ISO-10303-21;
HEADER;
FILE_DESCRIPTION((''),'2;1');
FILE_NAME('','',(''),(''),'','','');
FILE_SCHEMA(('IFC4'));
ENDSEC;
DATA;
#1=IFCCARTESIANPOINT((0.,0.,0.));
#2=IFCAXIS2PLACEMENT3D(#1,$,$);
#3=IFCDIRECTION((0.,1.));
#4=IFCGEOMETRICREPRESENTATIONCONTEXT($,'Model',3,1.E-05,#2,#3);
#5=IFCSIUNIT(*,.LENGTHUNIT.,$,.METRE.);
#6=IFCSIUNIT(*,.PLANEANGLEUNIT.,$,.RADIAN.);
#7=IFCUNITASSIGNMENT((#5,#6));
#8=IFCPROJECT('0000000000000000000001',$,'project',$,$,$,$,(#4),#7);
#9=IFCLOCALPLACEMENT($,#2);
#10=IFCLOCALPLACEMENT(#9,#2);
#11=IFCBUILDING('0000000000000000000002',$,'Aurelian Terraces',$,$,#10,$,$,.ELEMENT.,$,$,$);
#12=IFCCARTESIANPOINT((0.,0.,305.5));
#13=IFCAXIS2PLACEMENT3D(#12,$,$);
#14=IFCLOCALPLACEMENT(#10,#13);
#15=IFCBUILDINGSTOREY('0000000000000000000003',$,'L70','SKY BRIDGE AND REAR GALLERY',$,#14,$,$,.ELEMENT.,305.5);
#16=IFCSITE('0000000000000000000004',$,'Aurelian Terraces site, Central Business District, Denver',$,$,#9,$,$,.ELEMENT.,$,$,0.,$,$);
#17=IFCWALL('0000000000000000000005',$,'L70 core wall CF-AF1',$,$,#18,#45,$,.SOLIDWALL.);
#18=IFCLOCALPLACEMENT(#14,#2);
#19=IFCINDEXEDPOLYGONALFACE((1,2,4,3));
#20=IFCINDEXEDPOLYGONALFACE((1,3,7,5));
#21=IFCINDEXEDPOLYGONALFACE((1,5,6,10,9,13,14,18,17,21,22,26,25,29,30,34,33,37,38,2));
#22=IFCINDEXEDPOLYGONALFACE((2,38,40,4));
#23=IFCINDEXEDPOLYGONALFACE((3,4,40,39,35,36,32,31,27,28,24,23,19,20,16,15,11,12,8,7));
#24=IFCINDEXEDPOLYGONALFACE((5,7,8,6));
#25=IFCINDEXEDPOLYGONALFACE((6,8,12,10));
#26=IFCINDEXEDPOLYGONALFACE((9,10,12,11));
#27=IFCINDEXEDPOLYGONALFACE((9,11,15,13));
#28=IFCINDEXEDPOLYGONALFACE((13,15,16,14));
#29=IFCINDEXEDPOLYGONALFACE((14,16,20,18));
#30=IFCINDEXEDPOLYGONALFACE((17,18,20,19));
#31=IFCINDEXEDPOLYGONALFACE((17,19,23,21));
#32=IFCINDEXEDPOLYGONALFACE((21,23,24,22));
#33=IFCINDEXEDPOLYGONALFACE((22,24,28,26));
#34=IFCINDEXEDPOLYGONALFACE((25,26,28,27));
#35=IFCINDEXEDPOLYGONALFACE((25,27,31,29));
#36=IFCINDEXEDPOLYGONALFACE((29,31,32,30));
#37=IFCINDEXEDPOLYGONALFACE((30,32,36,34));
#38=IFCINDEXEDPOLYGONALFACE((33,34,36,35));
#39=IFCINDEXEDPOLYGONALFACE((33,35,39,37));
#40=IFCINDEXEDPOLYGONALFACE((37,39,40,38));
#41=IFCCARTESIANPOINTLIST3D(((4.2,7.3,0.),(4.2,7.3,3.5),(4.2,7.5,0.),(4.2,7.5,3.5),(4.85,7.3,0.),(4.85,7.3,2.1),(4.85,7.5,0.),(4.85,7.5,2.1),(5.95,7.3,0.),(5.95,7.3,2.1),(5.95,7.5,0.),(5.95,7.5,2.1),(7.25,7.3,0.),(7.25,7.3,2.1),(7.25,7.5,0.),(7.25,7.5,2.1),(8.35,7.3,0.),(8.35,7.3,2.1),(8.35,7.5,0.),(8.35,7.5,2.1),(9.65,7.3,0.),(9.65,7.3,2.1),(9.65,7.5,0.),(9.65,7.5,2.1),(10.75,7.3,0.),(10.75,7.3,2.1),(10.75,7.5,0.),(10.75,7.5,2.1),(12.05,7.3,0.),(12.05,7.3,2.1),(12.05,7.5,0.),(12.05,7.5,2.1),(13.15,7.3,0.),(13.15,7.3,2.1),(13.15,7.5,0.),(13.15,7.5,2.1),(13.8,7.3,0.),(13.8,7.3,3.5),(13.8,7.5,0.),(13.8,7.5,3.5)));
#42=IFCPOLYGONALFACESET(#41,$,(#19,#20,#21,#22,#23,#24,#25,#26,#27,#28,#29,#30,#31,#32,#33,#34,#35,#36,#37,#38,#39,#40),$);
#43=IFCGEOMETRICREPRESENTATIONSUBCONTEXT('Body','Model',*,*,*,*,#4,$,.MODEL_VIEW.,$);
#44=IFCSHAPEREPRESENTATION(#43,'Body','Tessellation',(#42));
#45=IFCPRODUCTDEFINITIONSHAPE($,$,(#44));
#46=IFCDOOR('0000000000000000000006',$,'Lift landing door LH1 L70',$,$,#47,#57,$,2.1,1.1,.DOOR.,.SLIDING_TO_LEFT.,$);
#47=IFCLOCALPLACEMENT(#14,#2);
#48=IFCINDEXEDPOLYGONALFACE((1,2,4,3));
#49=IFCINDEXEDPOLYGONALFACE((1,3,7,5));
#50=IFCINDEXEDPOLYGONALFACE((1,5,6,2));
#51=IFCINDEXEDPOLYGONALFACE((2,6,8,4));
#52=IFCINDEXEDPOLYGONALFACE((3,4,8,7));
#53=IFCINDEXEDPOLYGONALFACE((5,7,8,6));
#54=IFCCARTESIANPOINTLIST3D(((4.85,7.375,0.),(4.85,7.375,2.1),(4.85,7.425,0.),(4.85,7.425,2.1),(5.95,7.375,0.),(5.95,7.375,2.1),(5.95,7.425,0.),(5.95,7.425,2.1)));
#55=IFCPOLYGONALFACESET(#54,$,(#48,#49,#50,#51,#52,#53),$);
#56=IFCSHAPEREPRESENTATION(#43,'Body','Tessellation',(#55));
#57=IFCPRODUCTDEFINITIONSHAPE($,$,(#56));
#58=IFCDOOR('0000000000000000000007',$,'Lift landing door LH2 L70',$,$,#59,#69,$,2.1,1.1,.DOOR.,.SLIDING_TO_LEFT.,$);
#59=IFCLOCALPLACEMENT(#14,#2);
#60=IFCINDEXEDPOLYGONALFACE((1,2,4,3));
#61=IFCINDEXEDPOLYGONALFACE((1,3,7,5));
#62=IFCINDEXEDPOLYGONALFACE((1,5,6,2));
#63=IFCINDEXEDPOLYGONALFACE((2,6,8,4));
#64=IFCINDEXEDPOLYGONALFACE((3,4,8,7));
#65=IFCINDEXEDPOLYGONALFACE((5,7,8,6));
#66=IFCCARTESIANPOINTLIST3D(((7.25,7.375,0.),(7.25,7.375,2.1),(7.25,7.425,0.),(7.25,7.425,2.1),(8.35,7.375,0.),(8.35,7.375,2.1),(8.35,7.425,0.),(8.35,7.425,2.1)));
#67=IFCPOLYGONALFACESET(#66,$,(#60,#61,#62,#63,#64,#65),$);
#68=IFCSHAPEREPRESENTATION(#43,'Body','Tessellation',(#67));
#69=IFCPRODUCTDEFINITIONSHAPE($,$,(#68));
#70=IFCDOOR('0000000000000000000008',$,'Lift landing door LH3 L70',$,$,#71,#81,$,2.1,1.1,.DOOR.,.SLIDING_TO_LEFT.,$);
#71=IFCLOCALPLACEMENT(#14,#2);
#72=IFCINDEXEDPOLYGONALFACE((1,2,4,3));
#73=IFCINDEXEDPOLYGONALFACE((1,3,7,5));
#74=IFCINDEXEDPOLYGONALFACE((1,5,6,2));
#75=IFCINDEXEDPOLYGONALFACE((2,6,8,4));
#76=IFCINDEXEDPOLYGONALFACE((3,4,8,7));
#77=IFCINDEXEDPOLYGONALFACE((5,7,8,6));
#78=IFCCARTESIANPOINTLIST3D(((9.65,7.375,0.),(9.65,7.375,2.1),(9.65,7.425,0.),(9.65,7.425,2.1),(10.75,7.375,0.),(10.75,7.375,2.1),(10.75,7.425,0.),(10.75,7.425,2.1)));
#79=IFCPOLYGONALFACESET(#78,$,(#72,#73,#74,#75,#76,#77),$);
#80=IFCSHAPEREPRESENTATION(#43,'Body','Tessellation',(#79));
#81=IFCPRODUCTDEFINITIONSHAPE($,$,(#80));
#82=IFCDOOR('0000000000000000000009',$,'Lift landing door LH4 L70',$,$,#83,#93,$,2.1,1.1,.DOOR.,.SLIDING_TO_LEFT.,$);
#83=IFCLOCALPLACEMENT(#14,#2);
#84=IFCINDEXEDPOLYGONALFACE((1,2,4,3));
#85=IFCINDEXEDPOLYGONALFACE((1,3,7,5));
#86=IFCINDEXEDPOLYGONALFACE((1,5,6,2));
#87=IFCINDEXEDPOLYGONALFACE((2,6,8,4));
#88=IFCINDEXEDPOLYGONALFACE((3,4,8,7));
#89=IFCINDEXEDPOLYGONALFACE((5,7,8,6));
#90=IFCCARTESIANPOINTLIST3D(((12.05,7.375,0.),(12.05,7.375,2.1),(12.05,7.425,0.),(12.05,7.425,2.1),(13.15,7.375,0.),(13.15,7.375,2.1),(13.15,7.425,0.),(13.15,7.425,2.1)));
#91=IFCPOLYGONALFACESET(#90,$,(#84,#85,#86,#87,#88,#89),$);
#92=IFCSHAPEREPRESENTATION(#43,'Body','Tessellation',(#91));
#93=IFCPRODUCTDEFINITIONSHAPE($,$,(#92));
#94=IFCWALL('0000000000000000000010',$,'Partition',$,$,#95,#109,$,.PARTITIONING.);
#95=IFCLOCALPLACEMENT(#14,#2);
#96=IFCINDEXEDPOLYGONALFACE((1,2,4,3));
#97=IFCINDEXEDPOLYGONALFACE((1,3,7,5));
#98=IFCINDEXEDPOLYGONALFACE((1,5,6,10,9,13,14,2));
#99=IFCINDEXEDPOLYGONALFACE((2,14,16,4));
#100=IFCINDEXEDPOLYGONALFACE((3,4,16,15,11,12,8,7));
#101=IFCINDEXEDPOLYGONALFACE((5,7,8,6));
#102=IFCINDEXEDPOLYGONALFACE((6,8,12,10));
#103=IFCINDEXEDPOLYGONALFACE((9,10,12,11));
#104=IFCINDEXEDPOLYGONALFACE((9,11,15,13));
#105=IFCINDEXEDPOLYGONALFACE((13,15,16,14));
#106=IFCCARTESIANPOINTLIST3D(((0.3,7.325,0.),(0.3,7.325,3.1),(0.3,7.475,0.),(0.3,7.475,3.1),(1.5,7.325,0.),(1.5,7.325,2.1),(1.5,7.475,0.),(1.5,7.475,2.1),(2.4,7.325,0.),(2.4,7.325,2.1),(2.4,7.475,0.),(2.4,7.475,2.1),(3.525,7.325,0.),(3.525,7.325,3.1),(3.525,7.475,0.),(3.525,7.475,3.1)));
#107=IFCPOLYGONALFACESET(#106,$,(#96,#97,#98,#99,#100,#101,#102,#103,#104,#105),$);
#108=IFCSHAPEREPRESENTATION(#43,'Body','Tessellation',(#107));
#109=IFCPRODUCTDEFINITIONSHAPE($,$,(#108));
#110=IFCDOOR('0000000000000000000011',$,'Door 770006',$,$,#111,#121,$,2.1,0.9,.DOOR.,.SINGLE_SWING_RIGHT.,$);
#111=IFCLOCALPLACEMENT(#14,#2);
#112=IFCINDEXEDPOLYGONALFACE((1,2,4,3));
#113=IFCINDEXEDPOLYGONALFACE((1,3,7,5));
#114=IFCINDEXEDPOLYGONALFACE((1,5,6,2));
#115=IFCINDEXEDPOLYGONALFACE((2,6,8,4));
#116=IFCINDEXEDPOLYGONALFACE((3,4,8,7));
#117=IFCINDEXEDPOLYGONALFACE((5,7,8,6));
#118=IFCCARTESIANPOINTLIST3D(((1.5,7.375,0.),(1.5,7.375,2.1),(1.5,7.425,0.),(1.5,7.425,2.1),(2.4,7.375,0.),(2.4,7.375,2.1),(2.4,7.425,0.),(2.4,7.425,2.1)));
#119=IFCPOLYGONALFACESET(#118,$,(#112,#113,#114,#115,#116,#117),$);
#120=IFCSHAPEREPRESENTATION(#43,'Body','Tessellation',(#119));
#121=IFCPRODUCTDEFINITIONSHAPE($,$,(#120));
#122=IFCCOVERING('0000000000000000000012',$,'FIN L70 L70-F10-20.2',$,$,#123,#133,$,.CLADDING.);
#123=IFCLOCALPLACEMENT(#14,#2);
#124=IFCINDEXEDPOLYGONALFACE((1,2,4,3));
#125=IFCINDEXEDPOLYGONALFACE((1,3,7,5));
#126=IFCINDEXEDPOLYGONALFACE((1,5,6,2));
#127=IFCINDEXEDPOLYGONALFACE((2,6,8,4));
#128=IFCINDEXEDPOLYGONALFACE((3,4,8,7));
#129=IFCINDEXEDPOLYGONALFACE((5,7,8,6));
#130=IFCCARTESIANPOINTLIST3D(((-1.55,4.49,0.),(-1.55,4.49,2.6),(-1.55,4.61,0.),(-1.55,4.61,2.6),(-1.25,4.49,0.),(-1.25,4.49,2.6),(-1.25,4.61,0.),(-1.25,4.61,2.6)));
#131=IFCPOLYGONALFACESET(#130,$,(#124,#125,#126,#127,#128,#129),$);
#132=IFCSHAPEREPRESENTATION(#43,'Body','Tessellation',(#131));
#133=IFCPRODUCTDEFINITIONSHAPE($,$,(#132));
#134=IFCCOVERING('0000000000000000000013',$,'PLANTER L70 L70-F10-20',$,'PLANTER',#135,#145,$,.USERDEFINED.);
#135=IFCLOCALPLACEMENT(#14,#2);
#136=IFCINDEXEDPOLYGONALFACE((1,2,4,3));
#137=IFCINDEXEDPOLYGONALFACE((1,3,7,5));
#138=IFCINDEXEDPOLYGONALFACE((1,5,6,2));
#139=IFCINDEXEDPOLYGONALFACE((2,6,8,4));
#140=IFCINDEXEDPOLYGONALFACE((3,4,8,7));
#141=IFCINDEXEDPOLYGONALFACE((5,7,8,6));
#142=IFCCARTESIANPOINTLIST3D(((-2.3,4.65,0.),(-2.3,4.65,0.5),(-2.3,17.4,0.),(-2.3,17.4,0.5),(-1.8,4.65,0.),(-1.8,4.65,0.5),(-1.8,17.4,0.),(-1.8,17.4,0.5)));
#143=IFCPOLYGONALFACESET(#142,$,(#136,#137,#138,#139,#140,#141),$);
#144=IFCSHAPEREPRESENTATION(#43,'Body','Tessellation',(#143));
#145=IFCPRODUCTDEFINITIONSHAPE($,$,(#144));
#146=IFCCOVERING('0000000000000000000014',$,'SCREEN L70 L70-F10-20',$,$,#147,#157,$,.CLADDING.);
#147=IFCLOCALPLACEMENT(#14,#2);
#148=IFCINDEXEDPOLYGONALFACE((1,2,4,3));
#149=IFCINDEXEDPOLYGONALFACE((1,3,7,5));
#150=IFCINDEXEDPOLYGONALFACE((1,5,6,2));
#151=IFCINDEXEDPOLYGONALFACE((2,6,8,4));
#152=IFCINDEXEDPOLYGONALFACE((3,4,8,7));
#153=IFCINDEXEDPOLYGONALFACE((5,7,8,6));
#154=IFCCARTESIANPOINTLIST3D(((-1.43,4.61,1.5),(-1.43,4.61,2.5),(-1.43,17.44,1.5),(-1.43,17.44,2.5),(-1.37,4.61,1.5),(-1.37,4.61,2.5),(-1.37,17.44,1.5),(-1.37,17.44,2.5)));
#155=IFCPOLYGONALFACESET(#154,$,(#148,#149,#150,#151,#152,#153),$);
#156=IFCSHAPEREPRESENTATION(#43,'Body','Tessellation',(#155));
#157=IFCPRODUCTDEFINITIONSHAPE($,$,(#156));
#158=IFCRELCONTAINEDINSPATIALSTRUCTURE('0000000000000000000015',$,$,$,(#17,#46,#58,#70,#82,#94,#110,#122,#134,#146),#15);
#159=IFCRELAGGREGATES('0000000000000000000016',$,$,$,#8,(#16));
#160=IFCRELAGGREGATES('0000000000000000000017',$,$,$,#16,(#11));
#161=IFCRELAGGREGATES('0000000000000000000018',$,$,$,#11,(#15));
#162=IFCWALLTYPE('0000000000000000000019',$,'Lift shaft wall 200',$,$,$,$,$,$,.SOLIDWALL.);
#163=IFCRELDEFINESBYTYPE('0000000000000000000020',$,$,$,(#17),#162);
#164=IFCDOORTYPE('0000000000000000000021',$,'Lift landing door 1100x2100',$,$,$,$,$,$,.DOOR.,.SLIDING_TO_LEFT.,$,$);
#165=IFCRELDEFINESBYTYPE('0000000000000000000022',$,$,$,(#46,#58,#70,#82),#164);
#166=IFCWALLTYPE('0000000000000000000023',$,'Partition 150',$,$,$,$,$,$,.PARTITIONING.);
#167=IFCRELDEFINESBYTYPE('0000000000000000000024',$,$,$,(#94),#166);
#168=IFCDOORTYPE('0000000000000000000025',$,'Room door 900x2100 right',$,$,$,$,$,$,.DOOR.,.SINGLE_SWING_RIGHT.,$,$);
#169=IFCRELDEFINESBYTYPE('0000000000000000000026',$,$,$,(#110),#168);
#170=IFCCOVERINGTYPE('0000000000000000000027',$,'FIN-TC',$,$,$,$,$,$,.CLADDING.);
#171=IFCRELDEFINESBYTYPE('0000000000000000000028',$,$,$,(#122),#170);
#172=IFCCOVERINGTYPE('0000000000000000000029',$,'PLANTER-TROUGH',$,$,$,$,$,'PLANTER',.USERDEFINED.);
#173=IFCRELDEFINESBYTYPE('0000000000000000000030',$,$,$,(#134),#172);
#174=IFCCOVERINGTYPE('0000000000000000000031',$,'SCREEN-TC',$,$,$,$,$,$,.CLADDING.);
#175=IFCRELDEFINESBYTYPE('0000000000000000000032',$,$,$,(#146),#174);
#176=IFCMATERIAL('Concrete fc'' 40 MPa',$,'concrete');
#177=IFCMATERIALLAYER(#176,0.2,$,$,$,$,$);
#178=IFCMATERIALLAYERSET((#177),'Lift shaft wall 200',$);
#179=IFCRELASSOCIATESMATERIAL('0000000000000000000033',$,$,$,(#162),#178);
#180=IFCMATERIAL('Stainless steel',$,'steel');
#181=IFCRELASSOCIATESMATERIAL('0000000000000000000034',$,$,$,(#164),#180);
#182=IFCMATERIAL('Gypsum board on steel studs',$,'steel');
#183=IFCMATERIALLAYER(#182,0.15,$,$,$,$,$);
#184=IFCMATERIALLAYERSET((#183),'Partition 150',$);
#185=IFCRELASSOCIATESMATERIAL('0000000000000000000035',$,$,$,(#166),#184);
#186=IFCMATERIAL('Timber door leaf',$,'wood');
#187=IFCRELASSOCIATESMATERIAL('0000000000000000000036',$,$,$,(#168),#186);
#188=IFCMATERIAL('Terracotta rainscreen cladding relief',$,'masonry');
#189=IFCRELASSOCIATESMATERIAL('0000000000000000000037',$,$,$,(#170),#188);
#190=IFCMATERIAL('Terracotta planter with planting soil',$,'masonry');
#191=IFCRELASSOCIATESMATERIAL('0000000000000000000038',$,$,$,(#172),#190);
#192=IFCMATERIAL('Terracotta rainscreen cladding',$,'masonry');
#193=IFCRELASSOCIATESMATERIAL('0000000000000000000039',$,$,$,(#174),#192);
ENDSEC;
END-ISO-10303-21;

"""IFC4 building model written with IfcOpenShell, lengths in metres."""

from ifc_helpers import new_model, si_unit, direction, frame, frame_2d, origin, origin_2d, place, context, subcontext, project, spatial, rectangle, extrude, source, transform, mapped, material, layer, layer_set, type_object, element, fill, save


model = new_model("IFC4")

# Units and contexts
model_context = context("Model", 3, precision=1e-05, world=origin(), true_north=direction((0.0, 1.0)))
body_context = subcontext(model_context, "Body", "Model", "MODEL_VIEW")
ifc_project = project(units=[si_unit("LENGTHUNIT", "METRE"), si_unit("PLANEANGLEUNIT", "RADIAN")], contexts=[model_context])

# Site, building, storey
site_placement = place(None, origin())
site = spatial("IfcSite", under=ifc_project, at=site_placement, Name="Aurelian Terraces site, Central Business District, Denver", CompositionType="ELEMENT", RefElevation=0.0)
building_placement = place(site_placement, origin())
building = spatial("IfcBuilding", under=site, at=building_placement, Name="Aurelian Terraces", CompositionType="ELEMENT")
storey_placement = place(building_placement, frame((0.0, 0.0, 305.5)))
storey = spatial("IfcBuildingStorey", under=building, at=storey_placement, Name="L70", Description="SKY BRIDGE AND REAR GALLERY", CompositionType="ELEMENT", Elevation=305.5)

# Shared definitions
shared_shape_1 = source(origin(), body_context, "Body", "SweptSolid", [
    extrude(rectangle(XDim=0.9, YDim=2.1, at=frame_2d((0.45, 1.05))), frame((0.0, 0.025, 0.0), z_axis=(0.0, -1.0, 0.0), x_axis=(1.0, 0.0, 0.0)), (0.0, 0.0, 1.0), 0.05),
])

# Shared definitions
ifc_material_1 = material(Name="Terracotta rainscreen cladding", Category="masonry")

# Wall, openings, doors
ifc_material_2 = material(Name="Concrete fc' 40 MPa", Category="concrete")
ifc_layer_1 = layer(ifc_material_2, 0.2)
ifc_layer_set_1 = layer_set([ifc_layer_1], Name="Lift shaft wall 200")
wall_type_1 = type_object("IfcWallType", Name="Lift shaft wall 200", PredefinedType="SOLIDWALL", material=ifc_layer_set_1)
shared_shape_2 = source(origin(), body_context, "Body", "SweptSolid", [
    extrude(rectangle(XDim=1.1, YDim=2.1, at=frame_2d((0.55, 1.05))), frame((0.0, 0.11, 0.0), z_axis=(0.0, -1.0, 0.0), x_axis=(1.0, 0.0, 0.0)), (0.0, 0.0, 1.0), 0.22),
])
ifc_material_3 = material(Name="Stainless steel", Category="steel")
door_type_1 = type_object("IfcDoorType", Name="Lift landing door 1100x2100", OperationType="SLIDING_TO_LEFT", PredefinedType="DOOR", material=ifc_material_3)
shared_shape_3 = source(origin(), body_context, "Body", "SweptSolid", [
    extrude(rectangle(XDim=1.1, YDim=2.1, at=frame_2d((0.55, 1.05))), frame((0.0, 0.025, 0.0), z_axis=(0.0, -1.0, 0.0), x_axis=(1.0, 0.0, 0.0)), (0.0, 0.0, 1.0), 0.05),
])
shared_shape_4 = source(origin(), body_context, "Body", "SweptSolid", [
    extrude(rectangle(XDim=9.6, YDim=0.2, at=frame_2d((4.8, 0.0))), origin(), (0.0, 0.0, 1.0), 3.5),
])
wall_1_placement = place(storey_placement, frame((4.2, 7.4, 0.0), z_axis=(0.0, 0.0, 1.0), x_axis=(1.0, 0.0, 0.0)))
wall_1 = element("IfcWall", 1, at=wall_1_placement, inside=storey, type_object=wall_type_1, Name="L70 core wall CF-AF1", PredefinedType="SOLIDWALL", context=body_context, shape_type="MappedRepresentation", body=[
    mapped(shared_shape_4, transform((0.0, 0.0, 0.0), scale=1.0)),
])
opening_1_placement = place(wall_1_placement, frame((0.65, 0.0, 0.0)))
opening_1 = element("IfcOpeningElement", 2, at=opening_1_placement, cuts=wall_1, PredefinedType="OPENING", context=body_context, shape_type="MappedRepresentation", body=[
    mapped(shared_shape_2, transform((0.0, 0.0, 0.0), scale=1.0)),
])
opening_2_placement = place(wall_1_placement, frame((3.05, 0.0, 0.0)))
opening_2 = element("IfcOpeningElement", 3, at=opening_2_placement, cuts=wall_1, PredefinedType="OPENING", context=body_context, shape_type="MappedRepresentation", body=[
    mapped(shared_shape_2, transform((0.0, 0.0, 0.0), scale=1.0)),
])
opening_3_placement = place(wall_1_placement, frame((5.45, 0.0, 0.0)))
opening_3 = element("IfcOpeningElement", 4, at=opening_3_placement, cuts=wall_1, PredefinedType="OPENING", context=body_context, shape_type="MappedRepresentation", body=[
    mapped(shared_shape_2, transform((0.0, 0.0, 0.0), scale=1.0)),
])
opening_4_placement = place(wall_1_placement, frame((7.85, 0.0, 0.0)))
opening_4 = element("IfcOpeningElement", 5, at=opening_4_placement, cuts=wall_1, PredefinedType="OPENING", context=body_context, shape_type="MappedRepresentation", body=[
    mapped(shared_shape_2, transform((0.0, 0.0, 0.0), scale=1.0)),
])
door_1_placement = place(opening_1_placement, origin())
door_1 = element("IfcDoor", 6, at=door_1_placement, inside=storey, type_object=door_type_1, Name="Lift landing door LH1 L70", OperationType="SLIDING_TO_LEFT", OverallHeight=2.1, OverallWidth=1.1, PredefinedType="DOOR", context=body_context, shape_type="MappedRepresentation", body=[
    mapped(shared_shape_3, transform((0.0, 0.0, 0.0), scale=1.0)),
])
fill(opening_1, door_1)
door_2_placement = place(opening_2_placement, origin())
door_2 = element("IfcDoor", 7, at=door_2_placement, inside=storey, type_object=door_type_1, Name="Lift landing door LH2 L70", OperationType="SLIDING_TO_LEFT", OverallHeight=2.1, OverallWidth=1.1, PredefinedType="DOOR", context=body_context, shape_type="MappedRepresentation", body=[
    mapped(shared_shape_3, transform((0.0, 0.0, 0.0), scale=1.0)),
])
fill(opening_2, door_2)
door_3_placement = place(opening_3_placement, origin())
door_3 = element("IfcDoor", 8, at=door_3_placement, inside=storey, type_object=door_type_1, Name="Lift landing door LH3 L70", OperationType="SLIDING_TO_LEFT", OverallHeight=2.1, OverallWidth=1.1, PredefinedType="DOOR", context=body_context, shape_type="MappedRepresentation", body=[
    mapped(shared_shape_3, transform((0.0, 0.0, 0.0), scale=1.0)),
])
fill(opening_3, door_3)
door_4_placement = place(opening_4_placement, origin())
door_4 = element("IfcDoor", 9, at=door_4_placement, inside=storey, type_object=door_type_1, Name="Lift landing door LH4 L70", OperationType="SLIDING_TO_LEFT", OverallHeight=2.1, OverallWidth=1.1, PredefinedType="DOOR", context=body_context, shape_type="MappedRepresentation", body=[
    mapped(shared_shape_3, transform((0.0, 0.0, 0.0), scale=1.0)),
])
fill(opening_4, door_4)

# Wall, opening, door
ifc_material_4 = material(Name="Gypsum board on steel studs", Category="steel")
ifc_layer_2 = layer(ifc_material_4, 0.15)
ifc_layer_set_2 = layer_set([ifc_layer_2], Name="Partition 150")
wall_type_2 = type_object("IfcWallType", Name="Partition 150", PredefinedType="PARTITIONING", material=ifc_layer_set_2)
shared_shape_5 = source(origin(), body_context, "Body", "SweptSolid", [
    extrude(rectangle(XDim=3.225, YDim=0.15, at=frame_2d((1.6125, 0.0))), origin(), (0.0, 0.0, 1.0), 3.1),
])
wall_2_placement = place(storey_placement, frame((0.3, 7.4, 0.0), z_axis=(0.0, 0.0, 1.0), x_axis=(1.0, 0.0, 0.0)))
wall_2 = element("IfcWall", 10, at=wall_2_placement, inside=storey, type_object=wall_type_2, Name="Partition", PredefinedType="PARTITIONING", context=body_context, shape_type="MappedRepresentation", body=[
    mapped(shared_shape_5, transform((0.0, 0.0, 0.0), scale=1.0)),
])
shared_shape_6 = source(origin(), body_context, "Body", "SweptSolid", [
    extrude(rectangle(XDim=0.9, YDim=2.1, at=frame_2d((0.45, 1.05))), frame((0.0, 0.085, 0.0), z_axis=(0.0, -1.0, 0.0), x_axis=(1.0, 0.0, 0.0)), (0.0, 0.0, 1.0), 0.17),
])
opening_5_placement = place(wall_2_placement, frame((1.2, 0.0, 0.0)))
opening_5 = element("IfcOpeningElement", 11, at=opening_5_placement, cuts=wall_2, PredefinedType="OPENING", context=body_context, shape_type="MappedRepresentation", body=[
    mapped(shared_shape_6, transform((0.0, 0.0, 0.0), scale=1.0)),
])
ifc_material_5 = material(Name="Timber door leaf", Category="wood")
door_type_2 = type_object("IfcDoorType", Name="Room door 900x2100 right", OperationType="SINGLE_SWING_RIGHT", PredefinedType="DOOR", material=ifc_material_5)
door_5_placement = place(opening_5_placement, origin())
door_5 = element("IfcDoor", 12, at=door_5_placement, inside=storey, type_object=door_type_2, Name="Door 770006", OperationType="SINGLE_SWING_RIGHT", OverallHeight=2.1, OverallWidth=0.9, PredefinedType="DOOR", context=body_context, shape_type="MappedRepresentation", body=[
    mapped(shared_shape_1, transform((0.0, 0.0, 0.0), scale=1.0)),
])
fill(opening_5, door_5)

# Coverings
ifc_material_6 = material(Name="Terracotta rainscreen cladding relief", Category="masonry")
covering_type_1 = type_object("IfcCoveringType", Name="FIN-TC", PredefinedType="CLADDING", material=ifc_material_6)
shared_shape_7 = source(origin(), body_context, "Body", "SweptSolid", [
    extrude(rectangle(XDim=0.3, YDim=0.12, at=origin_2d()), origin(), (0.0, 0.0, 1.0), 2.6),
])
covering_1_placement = place(storey_placement, frame((-1.4, 4.55, 0.0), z_axis=(0.0, 0.0, 1.0), x_axis=(1.0, 0.0, 0.0)))
element("IfcCovering", 13, at=covering_1_placement, inside=storey, type_object=covering_type_1, Name="FIN L70 L70-F10-20.2", PredefinedType="CLADDING", context=body_context, shape_type="MappedRepresentation", body=[
    mapped(shared_shape_7, transform((0.0, 0.0, 0.0), scale=1.0)),
])
ifc_material_7 = material(Name="Terracotta planter with planting soil", Category="masonry")
covering_type_2 = type_object("IfcCoveringType", Name="PLANTER-TROUGH", ElementType="PLANTER", PredefinedType="USERDEFINED", material=ifc_material_7)
shared_shape_8 = source(origin(), body_context, "Body", "SweptSolid", [
    extrude(rectangle(XDim=0.5, YDim=12.75, at=origin_2d()), origin(), (0.0, 0.0, 1.0), 0.5),
])
covering_2_placement = place(storey_placement, frame((-2.05, 11.025, 0.0), z_axis=(0.0, 0.0, 1.0), x_axis=(1.0, 0.0, 0.0)))
element("IfcCovering", 14, at=covering_2_placement, inside=storey, type_object=covering_type_2, Name="PLANTER L70 L70-F10-20", ObjectType="PLANTER", PredefinedType="USERDEFINED", context=body_context, shape_type="MappedRepresentation", body=[
    mapped(shared_shape_8, transform((0.0, 0.0, 0.0), scale=1.0)),
])
covering_type_3 = type_object("IfcCoveringType", Name="SCREEN-TC", PredefinedType="CLADDING", material=ifc_material_1)
shared_shape_9 = source(origin(), body_context, "Body", "SweptSolid", [
    extrude(rectangle(XDim=0.06, YDim=12.83, at=origin_2d()), origin(), (0.0, 0.0, 1.0), 1.0),
])
covering_3_placement = place(storey_placement, frame((-1.4, 11.025, 1.5), z_axis=(0.0, 0.0, 1.0), x_axis=(1.0, 0.0, 0.0)))
element("IfcCovering", 15, at=covering_3_placement, inside=storey, type_object=covering_type_3, Name="SCREEN L70 L70-F10-20", PredefinedType="CLADDING", context=body_context, shape_type="MappedRepresentation", body=[
    mapped(shared_shape_9, transform((0.0, 0.0, 0.0), scale=1.0)),
])

save(model, "model.ifc")
